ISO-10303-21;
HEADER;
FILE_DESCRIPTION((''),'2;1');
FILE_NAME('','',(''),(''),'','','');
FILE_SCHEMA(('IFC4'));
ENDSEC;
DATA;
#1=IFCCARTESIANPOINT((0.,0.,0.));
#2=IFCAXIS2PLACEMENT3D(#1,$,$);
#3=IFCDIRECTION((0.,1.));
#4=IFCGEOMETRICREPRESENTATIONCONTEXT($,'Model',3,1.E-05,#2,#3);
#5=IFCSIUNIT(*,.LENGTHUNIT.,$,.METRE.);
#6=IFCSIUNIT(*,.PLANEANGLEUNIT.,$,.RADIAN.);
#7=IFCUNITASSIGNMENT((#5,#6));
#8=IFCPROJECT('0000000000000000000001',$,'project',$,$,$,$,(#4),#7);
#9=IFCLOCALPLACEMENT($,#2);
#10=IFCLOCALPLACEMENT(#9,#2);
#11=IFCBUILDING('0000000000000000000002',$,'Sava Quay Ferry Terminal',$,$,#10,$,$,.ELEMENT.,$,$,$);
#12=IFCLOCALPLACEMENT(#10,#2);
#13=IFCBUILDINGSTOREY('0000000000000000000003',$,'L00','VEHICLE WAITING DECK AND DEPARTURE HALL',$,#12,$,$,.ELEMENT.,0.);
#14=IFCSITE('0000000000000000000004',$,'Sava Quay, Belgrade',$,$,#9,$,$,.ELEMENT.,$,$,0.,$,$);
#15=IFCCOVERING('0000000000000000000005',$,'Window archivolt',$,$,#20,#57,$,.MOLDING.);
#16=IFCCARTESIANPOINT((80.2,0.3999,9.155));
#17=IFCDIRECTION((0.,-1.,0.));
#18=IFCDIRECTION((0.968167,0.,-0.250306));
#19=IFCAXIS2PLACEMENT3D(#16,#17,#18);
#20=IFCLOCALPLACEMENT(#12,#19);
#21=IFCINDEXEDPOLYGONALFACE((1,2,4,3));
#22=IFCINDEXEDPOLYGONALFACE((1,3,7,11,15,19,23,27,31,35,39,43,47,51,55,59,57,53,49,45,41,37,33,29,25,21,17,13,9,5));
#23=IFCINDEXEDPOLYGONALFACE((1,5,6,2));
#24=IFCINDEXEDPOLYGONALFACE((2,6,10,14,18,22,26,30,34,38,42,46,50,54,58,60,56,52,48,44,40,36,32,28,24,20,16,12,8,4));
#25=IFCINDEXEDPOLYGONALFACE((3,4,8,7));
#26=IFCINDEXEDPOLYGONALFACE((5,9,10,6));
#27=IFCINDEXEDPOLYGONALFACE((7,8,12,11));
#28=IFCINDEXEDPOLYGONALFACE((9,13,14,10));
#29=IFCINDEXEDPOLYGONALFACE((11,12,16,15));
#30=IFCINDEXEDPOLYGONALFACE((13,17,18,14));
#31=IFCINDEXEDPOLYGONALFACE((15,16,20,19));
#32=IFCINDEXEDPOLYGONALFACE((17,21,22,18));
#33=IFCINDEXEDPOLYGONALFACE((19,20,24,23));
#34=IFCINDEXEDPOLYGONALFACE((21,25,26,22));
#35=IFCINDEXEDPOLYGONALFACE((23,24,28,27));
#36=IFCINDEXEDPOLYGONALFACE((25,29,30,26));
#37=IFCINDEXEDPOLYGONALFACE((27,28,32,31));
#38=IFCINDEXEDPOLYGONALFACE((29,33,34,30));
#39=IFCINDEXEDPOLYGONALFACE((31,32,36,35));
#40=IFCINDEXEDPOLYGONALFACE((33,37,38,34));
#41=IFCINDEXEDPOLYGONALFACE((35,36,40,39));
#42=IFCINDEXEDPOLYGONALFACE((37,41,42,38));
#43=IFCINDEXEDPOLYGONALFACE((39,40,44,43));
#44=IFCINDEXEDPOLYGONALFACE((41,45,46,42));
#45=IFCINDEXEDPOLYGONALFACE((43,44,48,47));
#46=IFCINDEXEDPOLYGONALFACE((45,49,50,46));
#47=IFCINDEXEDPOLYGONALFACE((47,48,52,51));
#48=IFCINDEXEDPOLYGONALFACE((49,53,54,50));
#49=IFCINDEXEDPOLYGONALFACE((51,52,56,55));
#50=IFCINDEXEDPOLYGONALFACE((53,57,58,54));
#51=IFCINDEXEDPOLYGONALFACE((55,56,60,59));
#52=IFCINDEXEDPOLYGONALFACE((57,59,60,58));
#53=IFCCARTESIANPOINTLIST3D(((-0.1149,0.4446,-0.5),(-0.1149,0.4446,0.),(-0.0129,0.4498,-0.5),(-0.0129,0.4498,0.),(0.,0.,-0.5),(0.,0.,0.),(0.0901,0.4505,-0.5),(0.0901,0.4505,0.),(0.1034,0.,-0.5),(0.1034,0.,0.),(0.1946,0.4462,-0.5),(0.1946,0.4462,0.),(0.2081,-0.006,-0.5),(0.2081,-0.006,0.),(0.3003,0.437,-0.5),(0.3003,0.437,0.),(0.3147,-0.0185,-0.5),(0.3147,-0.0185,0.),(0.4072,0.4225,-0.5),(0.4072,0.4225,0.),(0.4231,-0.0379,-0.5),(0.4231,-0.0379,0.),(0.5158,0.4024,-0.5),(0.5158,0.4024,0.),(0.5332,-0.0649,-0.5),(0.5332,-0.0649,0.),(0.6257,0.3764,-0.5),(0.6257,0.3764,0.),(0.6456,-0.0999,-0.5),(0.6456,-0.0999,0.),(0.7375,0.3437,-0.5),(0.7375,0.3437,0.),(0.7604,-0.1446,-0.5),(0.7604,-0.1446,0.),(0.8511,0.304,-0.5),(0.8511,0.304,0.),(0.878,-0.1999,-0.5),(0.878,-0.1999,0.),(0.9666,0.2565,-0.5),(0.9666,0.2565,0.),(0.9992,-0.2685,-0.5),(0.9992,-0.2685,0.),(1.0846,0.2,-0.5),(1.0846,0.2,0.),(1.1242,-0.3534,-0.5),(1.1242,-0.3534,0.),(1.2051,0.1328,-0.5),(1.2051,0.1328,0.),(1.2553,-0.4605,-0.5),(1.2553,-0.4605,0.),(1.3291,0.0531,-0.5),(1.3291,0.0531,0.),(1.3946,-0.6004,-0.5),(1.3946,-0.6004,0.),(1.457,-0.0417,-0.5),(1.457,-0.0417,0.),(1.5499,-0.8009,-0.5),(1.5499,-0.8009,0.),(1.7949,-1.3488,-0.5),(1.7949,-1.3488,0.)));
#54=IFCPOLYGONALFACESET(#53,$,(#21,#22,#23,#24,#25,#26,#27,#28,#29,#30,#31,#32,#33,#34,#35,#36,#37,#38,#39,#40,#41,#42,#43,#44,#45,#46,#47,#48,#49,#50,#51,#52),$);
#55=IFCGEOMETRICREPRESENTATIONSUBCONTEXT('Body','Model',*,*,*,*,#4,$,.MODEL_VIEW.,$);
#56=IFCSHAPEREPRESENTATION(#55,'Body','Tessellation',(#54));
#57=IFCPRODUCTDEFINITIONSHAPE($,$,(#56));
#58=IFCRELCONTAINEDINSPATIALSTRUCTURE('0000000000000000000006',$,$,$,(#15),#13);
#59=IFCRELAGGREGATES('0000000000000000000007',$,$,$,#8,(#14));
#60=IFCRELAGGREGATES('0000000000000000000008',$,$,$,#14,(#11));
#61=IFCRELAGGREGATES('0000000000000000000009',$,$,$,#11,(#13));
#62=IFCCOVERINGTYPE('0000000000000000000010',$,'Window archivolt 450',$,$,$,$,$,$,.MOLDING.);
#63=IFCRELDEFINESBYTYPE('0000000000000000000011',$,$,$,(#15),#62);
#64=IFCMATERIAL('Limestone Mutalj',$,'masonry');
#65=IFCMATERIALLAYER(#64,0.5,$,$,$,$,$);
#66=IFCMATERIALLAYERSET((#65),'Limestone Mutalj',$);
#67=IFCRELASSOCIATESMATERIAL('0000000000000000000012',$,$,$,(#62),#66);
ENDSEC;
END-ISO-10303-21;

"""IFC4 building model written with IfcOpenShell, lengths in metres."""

from ifc_helpers import new_model, si_unit, direction, frame, origin, place, context, subcontext, project, spatial, polyline, outline, extrude, material, layer, layer_set, type_object, element, save


model = new_model("IFC4")

# Units and contexts
model_context = context("Model", 3, precision=1e-05, world=origin(), true_north=direction((0.0, 1.0)))
body_context = subcontext(model_context, "Body", "Model", "MODEL_VIEW")
ifc_project = project(units=[si_unit("LENGTHUNIT", "METRE"), si_unit("PLANEANGLEUNIT", "RADIAN")], contexts=[model_context])

# Site, building, storey
site_placement = place(None, origin())
site = spatial("IfcSite", under=ifc_project, at=site_placement, Name="Sava Quay, Belgrade", CompositionType="ELEMENT", RefElevation=0.0)
building_placement = place(site_placement, origin())
building = spatial("IfcBuilding", under=site, at=building_placement, Name="Sava Quay Ferry Terminal", CompositionType="ELEMENT")
storey_placement = place(building_placement, origin())
storey = spatial("IfcBuildingStorey", under=building, at=storey_placement, Name="L00", Description="VEHICLE WAITING DECK AND DEPARTURE HALL", CompositionType="ELEMENT", Elevation=0.0)

# Covering
ifc_material_1 = material(Name="Limestone Mutalj", Category="masonry")
ifc_layer_1 = layer(ifc_material_1, 0.5)
ifc_layer_set_1 = layer_set([ifc_layer_1], Name="Limestone Mutalj")
covering_type_1 = type_object("IfcCoveringType", Name="Window archivolt 450", PredefinedType="MOLDING", material=ifc_layer_set_1)
covering_1_placement = place(storey_placement, frame((80.2, 0.3999, 9.155), z_axis=(0.0, -1.0, 0.0), x_axis=(0.968167, 0.0, -0.250306)))
element("IfcCovering", 1, at=covering_1_placement, inside=storey, type_object=covering_type_1, Name="Window archivolt", PredefinedType="MOLDING", context=body_context, shape_type="SweptSolid", body=[
    extrude(outline(polyline([(0.0, 0.0), (0.1034, 0.0), (0.2081, -0.006), (0.3147, -0.0185), (0.4231, -0.0379), (0.5332, -0.0649), (0.6456, -0.0999), (0.7604, -0.1446), (0.878, -0.1999), (0.9992, -0.2685), (1.1242, -0.3534), (1.2553, -0.4605), (1.3946, -0.6004), (1.5499, -0.8009), (1.7949, -1.3488), (1.457, -0.0417), (1.3291, 0.0531), (1.2051, 0.1328), (1.0846, 0.2), (0.9666, 0.2565), (0.8511, 0.304), (0.7375, 0.3437), (0.6257, 0.3764), (0.5158, 0.4024), (0.4072, 0.4225), (0.3003, 0.437), (0.1946, 0.4462), (0.0901, 0.4505), (-0.0129, 0.4498), (-0.1149, 0.4446), (0.0, 0.0)])), origin(), (0.0, 0.0, -1.0), 0.5),
])

save(model, "model.ifc")
